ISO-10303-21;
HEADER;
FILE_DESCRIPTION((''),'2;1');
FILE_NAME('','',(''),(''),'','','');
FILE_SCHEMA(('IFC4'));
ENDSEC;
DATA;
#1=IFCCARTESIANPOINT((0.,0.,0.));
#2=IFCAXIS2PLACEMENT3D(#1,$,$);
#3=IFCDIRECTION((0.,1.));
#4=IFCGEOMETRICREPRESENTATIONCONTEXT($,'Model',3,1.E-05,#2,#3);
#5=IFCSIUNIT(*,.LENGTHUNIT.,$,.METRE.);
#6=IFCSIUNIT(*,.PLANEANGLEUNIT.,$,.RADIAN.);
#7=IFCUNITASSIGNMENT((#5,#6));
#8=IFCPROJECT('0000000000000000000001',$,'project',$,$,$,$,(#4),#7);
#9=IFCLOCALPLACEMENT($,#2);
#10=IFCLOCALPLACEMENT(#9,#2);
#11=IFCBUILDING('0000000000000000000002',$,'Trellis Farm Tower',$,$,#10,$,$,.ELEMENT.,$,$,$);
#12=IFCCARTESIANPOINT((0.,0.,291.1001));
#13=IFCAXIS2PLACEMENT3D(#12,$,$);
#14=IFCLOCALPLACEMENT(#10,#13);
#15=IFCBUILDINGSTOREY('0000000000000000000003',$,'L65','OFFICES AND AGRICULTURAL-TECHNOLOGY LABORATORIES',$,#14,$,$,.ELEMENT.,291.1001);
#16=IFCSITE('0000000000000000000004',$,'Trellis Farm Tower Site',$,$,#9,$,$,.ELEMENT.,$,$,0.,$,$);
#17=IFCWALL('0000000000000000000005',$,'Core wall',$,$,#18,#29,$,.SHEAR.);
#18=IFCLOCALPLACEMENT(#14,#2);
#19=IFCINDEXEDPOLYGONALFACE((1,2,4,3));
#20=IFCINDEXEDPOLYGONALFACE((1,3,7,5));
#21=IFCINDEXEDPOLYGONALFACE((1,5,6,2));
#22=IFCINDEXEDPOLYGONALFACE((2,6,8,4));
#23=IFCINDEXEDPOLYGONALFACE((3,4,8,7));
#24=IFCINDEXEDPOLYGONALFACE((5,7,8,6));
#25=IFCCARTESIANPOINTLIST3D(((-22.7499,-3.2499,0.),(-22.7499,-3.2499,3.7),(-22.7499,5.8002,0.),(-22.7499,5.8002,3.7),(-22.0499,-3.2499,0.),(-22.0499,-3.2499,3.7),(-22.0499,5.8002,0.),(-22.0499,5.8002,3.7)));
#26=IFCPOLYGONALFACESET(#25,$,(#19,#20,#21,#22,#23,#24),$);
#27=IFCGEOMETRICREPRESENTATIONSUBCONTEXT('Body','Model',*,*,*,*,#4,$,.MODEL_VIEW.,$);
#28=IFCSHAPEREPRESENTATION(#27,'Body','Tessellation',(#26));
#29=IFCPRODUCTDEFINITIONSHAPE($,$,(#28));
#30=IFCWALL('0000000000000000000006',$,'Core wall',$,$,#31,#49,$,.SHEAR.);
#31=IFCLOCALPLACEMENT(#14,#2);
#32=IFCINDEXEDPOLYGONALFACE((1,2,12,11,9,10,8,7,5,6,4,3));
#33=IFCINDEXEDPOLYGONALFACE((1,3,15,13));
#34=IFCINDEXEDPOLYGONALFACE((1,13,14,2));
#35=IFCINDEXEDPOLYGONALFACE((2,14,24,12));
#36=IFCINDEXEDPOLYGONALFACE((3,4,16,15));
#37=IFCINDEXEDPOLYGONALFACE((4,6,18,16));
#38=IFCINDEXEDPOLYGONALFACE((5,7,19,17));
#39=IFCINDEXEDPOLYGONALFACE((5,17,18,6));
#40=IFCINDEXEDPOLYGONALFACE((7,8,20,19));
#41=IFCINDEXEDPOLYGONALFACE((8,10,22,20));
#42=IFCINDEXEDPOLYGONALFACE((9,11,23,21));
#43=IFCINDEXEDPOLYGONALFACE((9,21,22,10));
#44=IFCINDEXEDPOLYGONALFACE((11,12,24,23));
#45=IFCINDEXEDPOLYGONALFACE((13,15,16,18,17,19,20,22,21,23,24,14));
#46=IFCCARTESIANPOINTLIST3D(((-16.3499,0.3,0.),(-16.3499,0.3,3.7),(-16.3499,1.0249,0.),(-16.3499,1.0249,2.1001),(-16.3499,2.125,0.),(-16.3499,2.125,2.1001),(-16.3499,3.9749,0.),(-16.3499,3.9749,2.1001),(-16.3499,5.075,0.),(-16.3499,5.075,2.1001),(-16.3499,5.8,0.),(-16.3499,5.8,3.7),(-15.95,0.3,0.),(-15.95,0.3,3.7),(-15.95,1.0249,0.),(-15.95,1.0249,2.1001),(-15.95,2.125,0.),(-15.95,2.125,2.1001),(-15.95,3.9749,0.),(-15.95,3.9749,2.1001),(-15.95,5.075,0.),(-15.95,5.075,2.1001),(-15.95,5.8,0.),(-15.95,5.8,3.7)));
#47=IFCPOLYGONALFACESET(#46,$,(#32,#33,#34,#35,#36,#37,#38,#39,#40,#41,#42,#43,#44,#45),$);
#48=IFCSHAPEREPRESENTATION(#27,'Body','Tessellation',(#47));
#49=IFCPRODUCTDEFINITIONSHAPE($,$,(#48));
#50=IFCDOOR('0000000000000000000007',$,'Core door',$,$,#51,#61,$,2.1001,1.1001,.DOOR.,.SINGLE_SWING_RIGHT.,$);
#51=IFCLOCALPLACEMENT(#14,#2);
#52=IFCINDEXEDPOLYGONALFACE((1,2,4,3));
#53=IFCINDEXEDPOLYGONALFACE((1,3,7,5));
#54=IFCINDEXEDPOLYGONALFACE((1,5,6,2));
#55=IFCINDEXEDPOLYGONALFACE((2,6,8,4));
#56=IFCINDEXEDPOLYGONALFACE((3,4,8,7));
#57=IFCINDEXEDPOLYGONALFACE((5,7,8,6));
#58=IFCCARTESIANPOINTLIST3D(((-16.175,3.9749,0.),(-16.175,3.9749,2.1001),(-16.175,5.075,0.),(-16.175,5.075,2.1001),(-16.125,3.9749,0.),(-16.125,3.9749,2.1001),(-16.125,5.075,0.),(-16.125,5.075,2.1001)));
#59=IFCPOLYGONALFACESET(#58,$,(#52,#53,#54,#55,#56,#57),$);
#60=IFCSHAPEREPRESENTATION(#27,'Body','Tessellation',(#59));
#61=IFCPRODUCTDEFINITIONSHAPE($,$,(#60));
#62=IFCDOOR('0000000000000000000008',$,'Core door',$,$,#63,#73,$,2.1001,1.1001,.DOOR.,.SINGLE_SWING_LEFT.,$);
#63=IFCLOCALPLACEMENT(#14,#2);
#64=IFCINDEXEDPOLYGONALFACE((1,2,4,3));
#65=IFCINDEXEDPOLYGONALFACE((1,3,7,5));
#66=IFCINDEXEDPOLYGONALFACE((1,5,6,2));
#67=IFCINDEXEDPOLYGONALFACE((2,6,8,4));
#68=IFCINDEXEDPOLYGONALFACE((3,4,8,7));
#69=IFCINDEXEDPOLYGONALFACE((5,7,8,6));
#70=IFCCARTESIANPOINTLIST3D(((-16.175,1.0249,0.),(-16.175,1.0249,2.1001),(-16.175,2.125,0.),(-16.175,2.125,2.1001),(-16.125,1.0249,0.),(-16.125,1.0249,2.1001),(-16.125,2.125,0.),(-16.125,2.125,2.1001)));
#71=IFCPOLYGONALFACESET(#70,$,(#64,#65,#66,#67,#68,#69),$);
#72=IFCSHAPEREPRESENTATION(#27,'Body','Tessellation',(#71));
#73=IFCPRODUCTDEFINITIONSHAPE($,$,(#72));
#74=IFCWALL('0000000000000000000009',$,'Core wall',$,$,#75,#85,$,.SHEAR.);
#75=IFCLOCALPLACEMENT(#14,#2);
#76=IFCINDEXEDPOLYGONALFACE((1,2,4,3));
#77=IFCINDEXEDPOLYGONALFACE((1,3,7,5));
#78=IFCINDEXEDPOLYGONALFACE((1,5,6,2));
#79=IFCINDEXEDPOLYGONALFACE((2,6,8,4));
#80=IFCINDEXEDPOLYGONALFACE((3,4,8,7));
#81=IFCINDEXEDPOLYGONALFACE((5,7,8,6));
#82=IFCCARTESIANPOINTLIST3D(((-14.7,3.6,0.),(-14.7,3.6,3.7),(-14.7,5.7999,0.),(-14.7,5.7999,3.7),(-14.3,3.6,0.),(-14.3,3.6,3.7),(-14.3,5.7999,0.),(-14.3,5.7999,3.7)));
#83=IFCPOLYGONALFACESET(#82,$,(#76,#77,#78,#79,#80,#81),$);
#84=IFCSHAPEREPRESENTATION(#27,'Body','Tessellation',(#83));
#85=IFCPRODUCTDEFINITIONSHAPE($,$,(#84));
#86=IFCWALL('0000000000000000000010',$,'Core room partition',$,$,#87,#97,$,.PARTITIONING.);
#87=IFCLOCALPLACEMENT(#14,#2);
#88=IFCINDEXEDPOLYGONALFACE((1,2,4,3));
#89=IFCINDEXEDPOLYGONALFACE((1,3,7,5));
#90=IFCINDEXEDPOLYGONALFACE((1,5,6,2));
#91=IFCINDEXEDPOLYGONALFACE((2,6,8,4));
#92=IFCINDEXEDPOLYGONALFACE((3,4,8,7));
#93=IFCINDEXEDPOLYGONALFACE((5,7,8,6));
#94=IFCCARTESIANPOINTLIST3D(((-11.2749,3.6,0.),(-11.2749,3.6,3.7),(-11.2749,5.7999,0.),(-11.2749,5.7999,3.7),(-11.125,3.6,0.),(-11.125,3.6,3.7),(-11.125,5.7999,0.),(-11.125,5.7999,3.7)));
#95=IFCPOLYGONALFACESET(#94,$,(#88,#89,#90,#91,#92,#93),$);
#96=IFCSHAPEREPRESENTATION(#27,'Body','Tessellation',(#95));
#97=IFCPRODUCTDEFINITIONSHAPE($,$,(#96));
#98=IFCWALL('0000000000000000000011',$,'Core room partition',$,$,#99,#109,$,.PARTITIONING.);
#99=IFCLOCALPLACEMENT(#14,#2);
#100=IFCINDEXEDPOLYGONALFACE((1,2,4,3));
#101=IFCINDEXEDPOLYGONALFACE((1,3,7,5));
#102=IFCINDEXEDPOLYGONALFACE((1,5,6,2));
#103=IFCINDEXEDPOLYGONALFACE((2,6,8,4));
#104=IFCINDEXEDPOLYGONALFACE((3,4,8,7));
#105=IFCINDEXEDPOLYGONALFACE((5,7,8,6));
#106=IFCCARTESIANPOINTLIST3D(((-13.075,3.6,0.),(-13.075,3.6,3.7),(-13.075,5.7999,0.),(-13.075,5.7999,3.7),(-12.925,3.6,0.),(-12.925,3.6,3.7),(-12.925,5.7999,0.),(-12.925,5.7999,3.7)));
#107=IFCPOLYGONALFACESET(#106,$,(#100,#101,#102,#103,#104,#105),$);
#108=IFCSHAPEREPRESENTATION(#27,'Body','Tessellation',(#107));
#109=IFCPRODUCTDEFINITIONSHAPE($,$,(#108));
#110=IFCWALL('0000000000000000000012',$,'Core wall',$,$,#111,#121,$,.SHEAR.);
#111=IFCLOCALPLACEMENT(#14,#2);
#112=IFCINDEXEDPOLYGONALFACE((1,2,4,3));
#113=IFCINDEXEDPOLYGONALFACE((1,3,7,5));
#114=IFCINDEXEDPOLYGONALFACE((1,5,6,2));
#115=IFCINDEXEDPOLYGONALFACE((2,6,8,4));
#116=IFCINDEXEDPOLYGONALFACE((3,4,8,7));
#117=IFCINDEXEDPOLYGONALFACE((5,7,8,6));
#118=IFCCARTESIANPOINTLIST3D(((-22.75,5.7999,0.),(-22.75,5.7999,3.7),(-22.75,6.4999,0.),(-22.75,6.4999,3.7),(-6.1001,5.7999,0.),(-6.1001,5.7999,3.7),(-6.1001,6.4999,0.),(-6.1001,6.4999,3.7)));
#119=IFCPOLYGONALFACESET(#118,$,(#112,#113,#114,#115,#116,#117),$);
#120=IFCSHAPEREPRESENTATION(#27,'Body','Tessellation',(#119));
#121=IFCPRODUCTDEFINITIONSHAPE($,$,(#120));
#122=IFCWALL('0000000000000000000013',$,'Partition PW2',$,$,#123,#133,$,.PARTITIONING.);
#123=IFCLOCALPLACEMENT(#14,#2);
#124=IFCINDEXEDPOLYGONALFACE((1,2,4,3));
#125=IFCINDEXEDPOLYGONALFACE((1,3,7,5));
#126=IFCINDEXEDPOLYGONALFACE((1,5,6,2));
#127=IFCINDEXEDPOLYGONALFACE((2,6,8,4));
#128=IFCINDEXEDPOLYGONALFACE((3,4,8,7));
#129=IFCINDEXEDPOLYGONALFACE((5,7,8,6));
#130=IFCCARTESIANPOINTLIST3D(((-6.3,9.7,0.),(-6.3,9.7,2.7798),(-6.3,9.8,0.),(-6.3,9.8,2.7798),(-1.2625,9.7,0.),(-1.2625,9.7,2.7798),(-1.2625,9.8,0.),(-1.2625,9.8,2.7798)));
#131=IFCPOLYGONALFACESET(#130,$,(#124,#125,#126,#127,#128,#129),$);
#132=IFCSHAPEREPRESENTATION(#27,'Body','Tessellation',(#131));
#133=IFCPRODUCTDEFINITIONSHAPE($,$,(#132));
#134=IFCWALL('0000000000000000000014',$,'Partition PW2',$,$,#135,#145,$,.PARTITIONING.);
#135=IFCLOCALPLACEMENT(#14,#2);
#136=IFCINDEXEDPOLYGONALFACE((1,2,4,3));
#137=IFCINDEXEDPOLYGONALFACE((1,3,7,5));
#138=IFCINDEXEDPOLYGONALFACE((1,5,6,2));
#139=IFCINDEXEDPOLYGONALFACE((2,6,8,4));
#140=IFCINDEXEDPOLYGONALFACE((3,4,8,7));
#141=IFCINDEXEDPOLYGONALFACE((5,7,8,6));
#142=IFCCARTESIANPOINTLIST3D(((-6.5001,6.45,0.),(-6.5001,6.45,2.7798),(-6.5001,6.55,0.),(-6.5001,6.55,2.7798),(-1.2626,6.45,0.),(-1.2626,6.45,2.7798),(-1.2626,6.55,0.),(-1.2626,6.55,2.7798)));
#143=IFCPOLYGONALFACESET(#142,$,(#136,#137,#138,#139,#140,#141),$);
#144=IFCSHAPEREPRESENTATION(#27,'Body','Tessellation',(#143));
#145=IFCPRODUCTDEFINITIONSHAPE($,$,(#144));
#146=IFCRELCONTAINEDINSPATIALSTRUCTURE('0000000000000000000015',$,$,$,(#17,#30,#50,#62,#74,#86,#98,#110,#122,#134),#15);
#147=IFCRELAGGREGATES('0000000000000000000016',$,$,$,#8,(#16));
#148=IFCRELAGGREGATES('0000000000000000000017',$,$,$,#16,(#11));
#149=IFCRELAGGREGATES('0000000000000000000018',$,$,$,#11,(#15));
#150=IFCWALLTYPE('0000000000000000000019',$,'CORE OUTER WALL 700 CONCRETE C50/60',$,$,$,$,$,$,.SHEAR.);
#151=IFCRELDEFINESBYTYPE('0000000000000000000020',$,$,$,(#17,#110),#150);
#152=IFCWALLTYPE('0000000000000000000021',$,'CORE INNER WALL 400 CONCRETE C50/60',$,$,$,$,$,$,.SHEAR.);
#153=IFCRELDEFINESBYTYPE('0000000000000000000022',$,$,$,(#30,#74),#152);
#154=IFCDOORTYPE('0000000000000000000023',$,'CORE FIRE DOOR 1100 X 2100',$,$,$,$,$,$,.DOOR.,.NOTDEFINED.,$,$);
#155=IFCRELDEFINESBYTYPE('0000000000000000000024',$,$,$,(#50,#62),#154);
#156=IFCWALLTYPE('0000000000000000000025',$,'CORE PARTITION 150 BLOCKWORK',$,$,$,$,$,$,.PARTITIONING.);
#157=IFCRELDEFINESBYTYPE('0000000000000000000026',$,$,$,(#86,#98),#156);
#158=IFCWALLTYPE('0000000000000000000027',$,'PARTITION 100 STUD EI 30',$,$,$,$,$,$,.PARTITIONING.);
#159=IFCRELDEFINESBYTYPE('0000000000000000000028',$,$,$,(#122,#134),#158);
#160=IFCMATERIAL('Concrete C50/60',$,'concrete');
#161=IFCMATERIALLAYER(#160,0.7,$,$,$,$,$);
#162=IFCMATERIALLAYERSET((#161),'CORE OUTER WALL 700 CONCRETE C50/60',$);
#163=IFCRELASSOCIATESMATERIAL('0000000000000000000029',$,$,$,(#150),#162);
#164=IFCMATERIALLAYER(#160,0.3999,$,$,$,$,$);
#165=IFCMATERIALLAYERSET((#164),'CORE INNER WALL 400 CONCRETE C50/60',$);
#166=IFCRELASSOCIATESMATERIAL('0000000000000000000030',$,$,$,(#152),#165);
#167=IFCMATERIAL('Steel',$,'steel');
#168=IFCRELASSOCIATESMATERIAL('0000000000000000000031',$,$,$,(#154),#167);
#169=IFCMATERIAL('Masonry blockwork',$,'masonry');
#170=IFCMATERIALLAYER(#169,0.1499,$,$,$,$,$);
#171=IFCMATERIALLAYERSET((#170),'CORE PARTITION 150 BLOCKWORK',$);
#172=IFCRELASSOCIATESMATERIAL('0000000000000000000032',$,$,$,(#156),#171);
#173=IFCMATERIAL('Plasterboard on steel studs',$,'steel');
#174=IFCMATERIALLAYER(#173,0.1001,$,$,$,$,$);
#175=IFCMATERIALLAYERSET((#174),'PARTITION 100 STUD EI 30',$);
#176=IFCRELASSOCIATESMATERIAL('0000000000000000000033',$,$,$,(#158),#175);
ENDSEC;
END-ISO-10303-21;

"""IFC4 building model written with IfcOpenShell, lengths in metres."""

from ifc_helpers import new_model, si_unit, direction, frame, frame_2d, origin, place, context, subcontext, project, spatial, rectangle, extrude, source, transform, mapped, material, layer, layer_set, type_object, element, fill, save


model = new_model("IFC4")

# Units and contexts
model_context = context("Model", 3, precision=1e-05, world=origin(), true_north=direction((0.0, 1.0)))
body_context = subcontext(model_context, "Body", "Model", "MODEL_VIEW")
ifc_project = project(units=[si_unit("LENGTHUNIT", "METRE"), si_unit("PLANEANGLEUNIT", "RADIAN")], contexts=[model_context])

# Site, building, storey
site_placement = place(None, origin())
site = spatial("IfcSite", under=ifc_project, at=site_placement, Name="Trellis Farm Tower Site", CompositionType="ELEMENT", RefElevation=0.0)
building_placement = place(site_placement, origin())
building = spatial("IfcBuilding", under=site, at=building_placement, Name="Trellis Farm Tower", CompositionType="ELEMENT")
storey_placement = place(building_placement, frame((0.0, 0.0, 291.1001)))
storey = spatial("IfcBuildingStorey", under=building, at=storey_placement, Name="L65", Description="OFFICES AND AGRICULTURAL-TECHNOLOGY LABORATORIES", CompositionType="ELEMENT", Elevation=291.1001)

# Shared definitions
ifc_material_1 = material(Name="Concrete C50/60", Category="concrete")
ifc_layer_1 = layer(ifc_material_1, 0.7)
ifc_layer_set_1 = layer_set([ifc_layer_1], Name="CORE OUTER WALL 700 CONCRETE C50/60")
wall_type_1 = type_object("IfcWallType", Name="CORE OUTER WALL 700 CONCRETE C50/60", PredefinedType="SHEAR", material=ifc_layer_set_1)
shared_shape_1 = source(origin(), body_context, "Body", "SweptSolid", [
    extrude(rectangle(XDim=9.05, YDim=0.7, at=frame_2d((4.5249, 0.0))), origin(), (0.0, 0.0, 1.0), 3.7),
])
ifc_material_2 = material(Name="Steel", Category="steel")

# Wall
wall_1_placement = place(storey_placement, frame((-22.3999, 5.8, 0.0), z_axis=(0.0, 0.0, 1.0), x_axis=(0.0, -1.0, 0.0)))
element("IfcWall", 1, at=wall_1_placement, inside=storey, type_object=wall_type_1, Name="Core wall", PredefinedType="SHEAR", context=body_context, shape_type="MappedRepresentation", body=[
    mapped(shared_shape_1, transform((0.0, 0.0, 0.0))),
])

# Wall, openings, doors
ifc_layer_2 = layer(ifc_material_1, 0.3999)
ifc_layer_set_2 = layer_set([ifc_layer_2], Name="CORE INNER WALL 400 CONCRETE C50/60")
wall_type_2 = type_object("IfcWallType", Name="CORE INNER WALL 400 CONCRETE C50/60", PredefinedType="SHEAR", material=ifc_layer_set_2)
shared_shape_2 = source(origin(), body_context, "Body", "SweptSolid", [
    extrude(rectangle(XDim=5.5, YDim=0.3999, at=frame_2d((2.75, 0.0))), origin(), (0.0, 0.0, 1.0), 3.7),
])
wall_2_placement = place(storey_placement, frame((-16.1499, 5.8, 0.0), z_axis=(0.0, 0.0, 1.0), x_axis=(0.0, -1.0, 0.0)))
wall_2 = element("IfcWall", 2, at=wall_2_placement, inside=storey, type_object=wall_type_2, Name="Core wall", PredefinedType="SHEAR", context=body_context, shape_type="MappedRepresentation", body=[
    mapped(shared_shape_2, transform((0.0, 0.0, 0.0))),
])
shared_shape_3 = source(origin(), body_context, "Body", "SweptSolid", [
    extrude(rectangle(XDim=1.1001, YDim=2.1001, at=frame_2d((0.55, 1.05))), frame((0.0, 0.21, 0.0), z_axis=(0.0, -1.0, 0.0), x_axis=(1.0, 0.0, 0.0)), (0.0, 0.0, 1.0), 0.4199),
])
opening_1_placement = place(wall_2_placement, frame((0.7251, 0.0, 0.0)))
opening_1 = element("IfcOpeningElement", 3, at=opening_1_placement, cuts=wall_2, PredefinedType="OPENING", context=body_context, shape_type="MappedRepresentation", body=[
    mapped(shared_shape_3, transform((0.0, 0.0, 0.0))),
])
opening_2_placement = place(wall_2_placement, frame((3.675, 0.0, 0.0)))
opening_2 = element("IfcOpeningElement", 4, at=opening_2_placement, cuts=wall_2, PredefinedType="OPENING", context=body_context, shape_type="MappedRepresentation", body=[
    mapped(shared_shape_3, transform((0.0, 0.0, 0.0))),
])
door_type_1 = type_object("IfcDoorType", Name="CORE FIRE DOOR 1100 X 2100", OperationType="NOTDEFINED", PredefinedType="DOOR", material=ifc_material_2)
shared_shape_4 = source(origin(), body_context, "Body", "SweptSolid", [
    extrude(rectangle(XDim=1.1001, YDim=2.1001, at=frame_2d((0.55, 1.05))), frame((0.0, 0.0249, 0.0), z_axis=(0.0, -1.0, 0.0), x_axis=(1.0, 0.0, 0.0)), (0.0, 0.0, 1.0), 0.05),
])
door_1_placement = place(opening_1_placement, origin())
door_1 = element("IfcDoor", 5, at=door_1_placement, inside=storey, type_object=door_type_1, Name="Core door", OperationType="SINGLE_SWING_RIGHT", OverallHeight=2.1001, OverallWidth=1.1001, PredefinedType="DOOR", context=body_context, shape_type="MappedRepresentation", body=[
    mapped(shared_shape_4, transform((0.0, 0.0, 0.0))),
])
fill(opening_1, door_1)
door_2_placement = place(opening_2_placement, origin())
door_2 = element("IfcDoor", 6, at=door_2_placement, inside=storey, type_object=door_type_1, Name="Core door", OperationType="SINGLE_SWING_LEFT", OverallHeight=2.1001, OverallWidth=1.1001, PredefinedType="DOOR", context=body_context, shape_type="MappedRepresentation", body=[
    mapped(shared_shape_4, transform((0.0, 0.0, 0.0))),
])
fill(opening_2, door_2)

# Walls
shared_shape_5 = source(origin(), body_context, "Body", "SweptSolid", [
    extrude(rectangle(XDim=2.2, YDim=0.3999, at=frame_2d((1.1001, 0.0))), origin(), (0.0, 0.0, 1.0), 3.7),
])
wall_3_placement = place(storey_placement, frame((-14.5, 5.8, 0.0), z_axis=(0.0, 0.0, 1.0), x_axis=(0.0, -1.0, 0.0)))
element("IfcWall", 7, at=wall_3_placement, inside=storey, type_object=wall_type_2, Name="Core wall", PredefinedType="SHEAR", context=body_context, shape_type="MappedRepresentation", body=[
    mapped(shared_shape_5, transform((0.0, 0.0, 0.0))),
])
ifc_material_3 = material(Name="Masonry blockwork", Category="masonry")
ifc_layer_3 = layer(ifc_material_3, 0.1499)
ifc_layer_set_3 = layer_set([ifc_layer_3], Name="CORE PARTITION 150 BLOCKWORK")
wall_type_3 = type_object("IfcWallType", Name="CORE PARTITION 150 BLOCKWORK", PredefinedType="PARTITIONING", material=ifc_layer_set_3)
shared_shape_6 = source(origin(), body_context, "Body", "SweptSolid", [
    extrude(rectangle(XDim=2.2, YDim=0.1499, at=frame_2d((1.1001, 0.0))), origin(), (0.0, 0.0, 1.0), 3.7),
])
for number, where, z_axis, x_axis, name in (
    (8, (-11.2, 5.8, 0.0), (0.0, 0.0, 1.0), (0.0, -1.0, 0.0), "Core room partition"),
    (9, (-13.0, 5.8, 0.0), (0.0, 0.0, 1.0), (0.0, -1.0, 0.0), "Core room partition"),
):
    element("IfcWall", number, at=place(storey_placement, frame(where, z_axis=z_axis, x_axis=x_axis)), inside=storey, type_object=wall_type_3, Name=name, PredefinedType="PARTITIONING", context=body_context, shape_type="MappedRepresentation", body=[
        mapped(shared_shape_6, transform((0.0, 0.0, 0.0))),
    ])
shared_shape_7 = source(origin(), body_context, "Body", "SweptSolid", [
    extrude(rectangle(XDim=16.6499, YDim=0.7, at=frame_2d((8.325, 0.0))), origin(), (0.0, 0.0, 1.0), 3.7),
])
wall_4_placement = place(storey_placement, frame((-6.1001, 6.1499, 0.0), z_axis=(0.0, 0.0, 1.0), x_axis=(-1.0, 0.0, 0.0)))
element("IfcWall", 10, at=wall_4_placement, inside=storey, type_object=wall_type_1, Name="Core wall", PredefinedType="SHEAR", context=body_context, shape_type="MappedRepresentation", body=[
    mapped(shared_shape_7, transform((0.0, 0.0, 0.0))),
])
ifc_material_4 = material(Name="Plasterboard on steel studs", Category="steel")
ifc_layer_4 = layer(ifc_material_4, 0.1001)
ifc_layer_set_4 = layer_set([ifc_layer_4], Name="PARTITION 100 STUD EI 30")
wall_type_4 = type_object("IfcWallType", Name="PARTITION 100 STUD EI 30", PredefinedType="PARTITIONING", material=ifc_layer_set_4)
shared_shape_8 = source(origin(), body_context, "Body", "SweptSolid", [
    extrude(rectangle(XDim=5.0376, YDim=0.1001, at=frame_2d((2.5188, 0.0))), origin(), (0.0, 0.0, 1.0), 2.7798),
])
wall_5_placement = place(storey_placement, frame((-6.3, 9.75, 0.0), z_axis=(0.0, 0.0, 1.0), x_axis=(1.0, 0.0, 0.0)))
element("IfcWall", 11, at=wall_5_placement, inside=storey, type_object=wall_type_4, Name="Partition PW2", PredefinedType="PARTITIONING", context=body_context, shape_type="MappedRepresentation", body=[
    mapped(shared_shape_8, transform((0.0, 0.0, 0.0))),
])
shared_shape_9 = source(origin(), body_context, "Body", "SweptSolid", [
    extrude(rectangle(XDim=5.2375, YDim=0.1001, at=frame_2d((2.6187, 0.0))), origin(), (0.0, 0.0, 1.0), 2.7798),
])
wall_6_placement = place(storey_placement, frame((-6.5, 6.5, 0.0), z_axis=(0.0, 0.0, 1.0), x_axis=(1.0, 0.0, 0.0)))
element("IfcWall", 12, at=wall_6_placement, inside=storey, type_object=wall_type_4, Name="Partition PW2", PredefinedType="PARTITIONING", context=body_context, shape_type="MappedRepresentation", body=[
    mapped(shared_shape_9, transform((0.0, 0.0, 0.0))),
])

save(model, "model.ifc")
